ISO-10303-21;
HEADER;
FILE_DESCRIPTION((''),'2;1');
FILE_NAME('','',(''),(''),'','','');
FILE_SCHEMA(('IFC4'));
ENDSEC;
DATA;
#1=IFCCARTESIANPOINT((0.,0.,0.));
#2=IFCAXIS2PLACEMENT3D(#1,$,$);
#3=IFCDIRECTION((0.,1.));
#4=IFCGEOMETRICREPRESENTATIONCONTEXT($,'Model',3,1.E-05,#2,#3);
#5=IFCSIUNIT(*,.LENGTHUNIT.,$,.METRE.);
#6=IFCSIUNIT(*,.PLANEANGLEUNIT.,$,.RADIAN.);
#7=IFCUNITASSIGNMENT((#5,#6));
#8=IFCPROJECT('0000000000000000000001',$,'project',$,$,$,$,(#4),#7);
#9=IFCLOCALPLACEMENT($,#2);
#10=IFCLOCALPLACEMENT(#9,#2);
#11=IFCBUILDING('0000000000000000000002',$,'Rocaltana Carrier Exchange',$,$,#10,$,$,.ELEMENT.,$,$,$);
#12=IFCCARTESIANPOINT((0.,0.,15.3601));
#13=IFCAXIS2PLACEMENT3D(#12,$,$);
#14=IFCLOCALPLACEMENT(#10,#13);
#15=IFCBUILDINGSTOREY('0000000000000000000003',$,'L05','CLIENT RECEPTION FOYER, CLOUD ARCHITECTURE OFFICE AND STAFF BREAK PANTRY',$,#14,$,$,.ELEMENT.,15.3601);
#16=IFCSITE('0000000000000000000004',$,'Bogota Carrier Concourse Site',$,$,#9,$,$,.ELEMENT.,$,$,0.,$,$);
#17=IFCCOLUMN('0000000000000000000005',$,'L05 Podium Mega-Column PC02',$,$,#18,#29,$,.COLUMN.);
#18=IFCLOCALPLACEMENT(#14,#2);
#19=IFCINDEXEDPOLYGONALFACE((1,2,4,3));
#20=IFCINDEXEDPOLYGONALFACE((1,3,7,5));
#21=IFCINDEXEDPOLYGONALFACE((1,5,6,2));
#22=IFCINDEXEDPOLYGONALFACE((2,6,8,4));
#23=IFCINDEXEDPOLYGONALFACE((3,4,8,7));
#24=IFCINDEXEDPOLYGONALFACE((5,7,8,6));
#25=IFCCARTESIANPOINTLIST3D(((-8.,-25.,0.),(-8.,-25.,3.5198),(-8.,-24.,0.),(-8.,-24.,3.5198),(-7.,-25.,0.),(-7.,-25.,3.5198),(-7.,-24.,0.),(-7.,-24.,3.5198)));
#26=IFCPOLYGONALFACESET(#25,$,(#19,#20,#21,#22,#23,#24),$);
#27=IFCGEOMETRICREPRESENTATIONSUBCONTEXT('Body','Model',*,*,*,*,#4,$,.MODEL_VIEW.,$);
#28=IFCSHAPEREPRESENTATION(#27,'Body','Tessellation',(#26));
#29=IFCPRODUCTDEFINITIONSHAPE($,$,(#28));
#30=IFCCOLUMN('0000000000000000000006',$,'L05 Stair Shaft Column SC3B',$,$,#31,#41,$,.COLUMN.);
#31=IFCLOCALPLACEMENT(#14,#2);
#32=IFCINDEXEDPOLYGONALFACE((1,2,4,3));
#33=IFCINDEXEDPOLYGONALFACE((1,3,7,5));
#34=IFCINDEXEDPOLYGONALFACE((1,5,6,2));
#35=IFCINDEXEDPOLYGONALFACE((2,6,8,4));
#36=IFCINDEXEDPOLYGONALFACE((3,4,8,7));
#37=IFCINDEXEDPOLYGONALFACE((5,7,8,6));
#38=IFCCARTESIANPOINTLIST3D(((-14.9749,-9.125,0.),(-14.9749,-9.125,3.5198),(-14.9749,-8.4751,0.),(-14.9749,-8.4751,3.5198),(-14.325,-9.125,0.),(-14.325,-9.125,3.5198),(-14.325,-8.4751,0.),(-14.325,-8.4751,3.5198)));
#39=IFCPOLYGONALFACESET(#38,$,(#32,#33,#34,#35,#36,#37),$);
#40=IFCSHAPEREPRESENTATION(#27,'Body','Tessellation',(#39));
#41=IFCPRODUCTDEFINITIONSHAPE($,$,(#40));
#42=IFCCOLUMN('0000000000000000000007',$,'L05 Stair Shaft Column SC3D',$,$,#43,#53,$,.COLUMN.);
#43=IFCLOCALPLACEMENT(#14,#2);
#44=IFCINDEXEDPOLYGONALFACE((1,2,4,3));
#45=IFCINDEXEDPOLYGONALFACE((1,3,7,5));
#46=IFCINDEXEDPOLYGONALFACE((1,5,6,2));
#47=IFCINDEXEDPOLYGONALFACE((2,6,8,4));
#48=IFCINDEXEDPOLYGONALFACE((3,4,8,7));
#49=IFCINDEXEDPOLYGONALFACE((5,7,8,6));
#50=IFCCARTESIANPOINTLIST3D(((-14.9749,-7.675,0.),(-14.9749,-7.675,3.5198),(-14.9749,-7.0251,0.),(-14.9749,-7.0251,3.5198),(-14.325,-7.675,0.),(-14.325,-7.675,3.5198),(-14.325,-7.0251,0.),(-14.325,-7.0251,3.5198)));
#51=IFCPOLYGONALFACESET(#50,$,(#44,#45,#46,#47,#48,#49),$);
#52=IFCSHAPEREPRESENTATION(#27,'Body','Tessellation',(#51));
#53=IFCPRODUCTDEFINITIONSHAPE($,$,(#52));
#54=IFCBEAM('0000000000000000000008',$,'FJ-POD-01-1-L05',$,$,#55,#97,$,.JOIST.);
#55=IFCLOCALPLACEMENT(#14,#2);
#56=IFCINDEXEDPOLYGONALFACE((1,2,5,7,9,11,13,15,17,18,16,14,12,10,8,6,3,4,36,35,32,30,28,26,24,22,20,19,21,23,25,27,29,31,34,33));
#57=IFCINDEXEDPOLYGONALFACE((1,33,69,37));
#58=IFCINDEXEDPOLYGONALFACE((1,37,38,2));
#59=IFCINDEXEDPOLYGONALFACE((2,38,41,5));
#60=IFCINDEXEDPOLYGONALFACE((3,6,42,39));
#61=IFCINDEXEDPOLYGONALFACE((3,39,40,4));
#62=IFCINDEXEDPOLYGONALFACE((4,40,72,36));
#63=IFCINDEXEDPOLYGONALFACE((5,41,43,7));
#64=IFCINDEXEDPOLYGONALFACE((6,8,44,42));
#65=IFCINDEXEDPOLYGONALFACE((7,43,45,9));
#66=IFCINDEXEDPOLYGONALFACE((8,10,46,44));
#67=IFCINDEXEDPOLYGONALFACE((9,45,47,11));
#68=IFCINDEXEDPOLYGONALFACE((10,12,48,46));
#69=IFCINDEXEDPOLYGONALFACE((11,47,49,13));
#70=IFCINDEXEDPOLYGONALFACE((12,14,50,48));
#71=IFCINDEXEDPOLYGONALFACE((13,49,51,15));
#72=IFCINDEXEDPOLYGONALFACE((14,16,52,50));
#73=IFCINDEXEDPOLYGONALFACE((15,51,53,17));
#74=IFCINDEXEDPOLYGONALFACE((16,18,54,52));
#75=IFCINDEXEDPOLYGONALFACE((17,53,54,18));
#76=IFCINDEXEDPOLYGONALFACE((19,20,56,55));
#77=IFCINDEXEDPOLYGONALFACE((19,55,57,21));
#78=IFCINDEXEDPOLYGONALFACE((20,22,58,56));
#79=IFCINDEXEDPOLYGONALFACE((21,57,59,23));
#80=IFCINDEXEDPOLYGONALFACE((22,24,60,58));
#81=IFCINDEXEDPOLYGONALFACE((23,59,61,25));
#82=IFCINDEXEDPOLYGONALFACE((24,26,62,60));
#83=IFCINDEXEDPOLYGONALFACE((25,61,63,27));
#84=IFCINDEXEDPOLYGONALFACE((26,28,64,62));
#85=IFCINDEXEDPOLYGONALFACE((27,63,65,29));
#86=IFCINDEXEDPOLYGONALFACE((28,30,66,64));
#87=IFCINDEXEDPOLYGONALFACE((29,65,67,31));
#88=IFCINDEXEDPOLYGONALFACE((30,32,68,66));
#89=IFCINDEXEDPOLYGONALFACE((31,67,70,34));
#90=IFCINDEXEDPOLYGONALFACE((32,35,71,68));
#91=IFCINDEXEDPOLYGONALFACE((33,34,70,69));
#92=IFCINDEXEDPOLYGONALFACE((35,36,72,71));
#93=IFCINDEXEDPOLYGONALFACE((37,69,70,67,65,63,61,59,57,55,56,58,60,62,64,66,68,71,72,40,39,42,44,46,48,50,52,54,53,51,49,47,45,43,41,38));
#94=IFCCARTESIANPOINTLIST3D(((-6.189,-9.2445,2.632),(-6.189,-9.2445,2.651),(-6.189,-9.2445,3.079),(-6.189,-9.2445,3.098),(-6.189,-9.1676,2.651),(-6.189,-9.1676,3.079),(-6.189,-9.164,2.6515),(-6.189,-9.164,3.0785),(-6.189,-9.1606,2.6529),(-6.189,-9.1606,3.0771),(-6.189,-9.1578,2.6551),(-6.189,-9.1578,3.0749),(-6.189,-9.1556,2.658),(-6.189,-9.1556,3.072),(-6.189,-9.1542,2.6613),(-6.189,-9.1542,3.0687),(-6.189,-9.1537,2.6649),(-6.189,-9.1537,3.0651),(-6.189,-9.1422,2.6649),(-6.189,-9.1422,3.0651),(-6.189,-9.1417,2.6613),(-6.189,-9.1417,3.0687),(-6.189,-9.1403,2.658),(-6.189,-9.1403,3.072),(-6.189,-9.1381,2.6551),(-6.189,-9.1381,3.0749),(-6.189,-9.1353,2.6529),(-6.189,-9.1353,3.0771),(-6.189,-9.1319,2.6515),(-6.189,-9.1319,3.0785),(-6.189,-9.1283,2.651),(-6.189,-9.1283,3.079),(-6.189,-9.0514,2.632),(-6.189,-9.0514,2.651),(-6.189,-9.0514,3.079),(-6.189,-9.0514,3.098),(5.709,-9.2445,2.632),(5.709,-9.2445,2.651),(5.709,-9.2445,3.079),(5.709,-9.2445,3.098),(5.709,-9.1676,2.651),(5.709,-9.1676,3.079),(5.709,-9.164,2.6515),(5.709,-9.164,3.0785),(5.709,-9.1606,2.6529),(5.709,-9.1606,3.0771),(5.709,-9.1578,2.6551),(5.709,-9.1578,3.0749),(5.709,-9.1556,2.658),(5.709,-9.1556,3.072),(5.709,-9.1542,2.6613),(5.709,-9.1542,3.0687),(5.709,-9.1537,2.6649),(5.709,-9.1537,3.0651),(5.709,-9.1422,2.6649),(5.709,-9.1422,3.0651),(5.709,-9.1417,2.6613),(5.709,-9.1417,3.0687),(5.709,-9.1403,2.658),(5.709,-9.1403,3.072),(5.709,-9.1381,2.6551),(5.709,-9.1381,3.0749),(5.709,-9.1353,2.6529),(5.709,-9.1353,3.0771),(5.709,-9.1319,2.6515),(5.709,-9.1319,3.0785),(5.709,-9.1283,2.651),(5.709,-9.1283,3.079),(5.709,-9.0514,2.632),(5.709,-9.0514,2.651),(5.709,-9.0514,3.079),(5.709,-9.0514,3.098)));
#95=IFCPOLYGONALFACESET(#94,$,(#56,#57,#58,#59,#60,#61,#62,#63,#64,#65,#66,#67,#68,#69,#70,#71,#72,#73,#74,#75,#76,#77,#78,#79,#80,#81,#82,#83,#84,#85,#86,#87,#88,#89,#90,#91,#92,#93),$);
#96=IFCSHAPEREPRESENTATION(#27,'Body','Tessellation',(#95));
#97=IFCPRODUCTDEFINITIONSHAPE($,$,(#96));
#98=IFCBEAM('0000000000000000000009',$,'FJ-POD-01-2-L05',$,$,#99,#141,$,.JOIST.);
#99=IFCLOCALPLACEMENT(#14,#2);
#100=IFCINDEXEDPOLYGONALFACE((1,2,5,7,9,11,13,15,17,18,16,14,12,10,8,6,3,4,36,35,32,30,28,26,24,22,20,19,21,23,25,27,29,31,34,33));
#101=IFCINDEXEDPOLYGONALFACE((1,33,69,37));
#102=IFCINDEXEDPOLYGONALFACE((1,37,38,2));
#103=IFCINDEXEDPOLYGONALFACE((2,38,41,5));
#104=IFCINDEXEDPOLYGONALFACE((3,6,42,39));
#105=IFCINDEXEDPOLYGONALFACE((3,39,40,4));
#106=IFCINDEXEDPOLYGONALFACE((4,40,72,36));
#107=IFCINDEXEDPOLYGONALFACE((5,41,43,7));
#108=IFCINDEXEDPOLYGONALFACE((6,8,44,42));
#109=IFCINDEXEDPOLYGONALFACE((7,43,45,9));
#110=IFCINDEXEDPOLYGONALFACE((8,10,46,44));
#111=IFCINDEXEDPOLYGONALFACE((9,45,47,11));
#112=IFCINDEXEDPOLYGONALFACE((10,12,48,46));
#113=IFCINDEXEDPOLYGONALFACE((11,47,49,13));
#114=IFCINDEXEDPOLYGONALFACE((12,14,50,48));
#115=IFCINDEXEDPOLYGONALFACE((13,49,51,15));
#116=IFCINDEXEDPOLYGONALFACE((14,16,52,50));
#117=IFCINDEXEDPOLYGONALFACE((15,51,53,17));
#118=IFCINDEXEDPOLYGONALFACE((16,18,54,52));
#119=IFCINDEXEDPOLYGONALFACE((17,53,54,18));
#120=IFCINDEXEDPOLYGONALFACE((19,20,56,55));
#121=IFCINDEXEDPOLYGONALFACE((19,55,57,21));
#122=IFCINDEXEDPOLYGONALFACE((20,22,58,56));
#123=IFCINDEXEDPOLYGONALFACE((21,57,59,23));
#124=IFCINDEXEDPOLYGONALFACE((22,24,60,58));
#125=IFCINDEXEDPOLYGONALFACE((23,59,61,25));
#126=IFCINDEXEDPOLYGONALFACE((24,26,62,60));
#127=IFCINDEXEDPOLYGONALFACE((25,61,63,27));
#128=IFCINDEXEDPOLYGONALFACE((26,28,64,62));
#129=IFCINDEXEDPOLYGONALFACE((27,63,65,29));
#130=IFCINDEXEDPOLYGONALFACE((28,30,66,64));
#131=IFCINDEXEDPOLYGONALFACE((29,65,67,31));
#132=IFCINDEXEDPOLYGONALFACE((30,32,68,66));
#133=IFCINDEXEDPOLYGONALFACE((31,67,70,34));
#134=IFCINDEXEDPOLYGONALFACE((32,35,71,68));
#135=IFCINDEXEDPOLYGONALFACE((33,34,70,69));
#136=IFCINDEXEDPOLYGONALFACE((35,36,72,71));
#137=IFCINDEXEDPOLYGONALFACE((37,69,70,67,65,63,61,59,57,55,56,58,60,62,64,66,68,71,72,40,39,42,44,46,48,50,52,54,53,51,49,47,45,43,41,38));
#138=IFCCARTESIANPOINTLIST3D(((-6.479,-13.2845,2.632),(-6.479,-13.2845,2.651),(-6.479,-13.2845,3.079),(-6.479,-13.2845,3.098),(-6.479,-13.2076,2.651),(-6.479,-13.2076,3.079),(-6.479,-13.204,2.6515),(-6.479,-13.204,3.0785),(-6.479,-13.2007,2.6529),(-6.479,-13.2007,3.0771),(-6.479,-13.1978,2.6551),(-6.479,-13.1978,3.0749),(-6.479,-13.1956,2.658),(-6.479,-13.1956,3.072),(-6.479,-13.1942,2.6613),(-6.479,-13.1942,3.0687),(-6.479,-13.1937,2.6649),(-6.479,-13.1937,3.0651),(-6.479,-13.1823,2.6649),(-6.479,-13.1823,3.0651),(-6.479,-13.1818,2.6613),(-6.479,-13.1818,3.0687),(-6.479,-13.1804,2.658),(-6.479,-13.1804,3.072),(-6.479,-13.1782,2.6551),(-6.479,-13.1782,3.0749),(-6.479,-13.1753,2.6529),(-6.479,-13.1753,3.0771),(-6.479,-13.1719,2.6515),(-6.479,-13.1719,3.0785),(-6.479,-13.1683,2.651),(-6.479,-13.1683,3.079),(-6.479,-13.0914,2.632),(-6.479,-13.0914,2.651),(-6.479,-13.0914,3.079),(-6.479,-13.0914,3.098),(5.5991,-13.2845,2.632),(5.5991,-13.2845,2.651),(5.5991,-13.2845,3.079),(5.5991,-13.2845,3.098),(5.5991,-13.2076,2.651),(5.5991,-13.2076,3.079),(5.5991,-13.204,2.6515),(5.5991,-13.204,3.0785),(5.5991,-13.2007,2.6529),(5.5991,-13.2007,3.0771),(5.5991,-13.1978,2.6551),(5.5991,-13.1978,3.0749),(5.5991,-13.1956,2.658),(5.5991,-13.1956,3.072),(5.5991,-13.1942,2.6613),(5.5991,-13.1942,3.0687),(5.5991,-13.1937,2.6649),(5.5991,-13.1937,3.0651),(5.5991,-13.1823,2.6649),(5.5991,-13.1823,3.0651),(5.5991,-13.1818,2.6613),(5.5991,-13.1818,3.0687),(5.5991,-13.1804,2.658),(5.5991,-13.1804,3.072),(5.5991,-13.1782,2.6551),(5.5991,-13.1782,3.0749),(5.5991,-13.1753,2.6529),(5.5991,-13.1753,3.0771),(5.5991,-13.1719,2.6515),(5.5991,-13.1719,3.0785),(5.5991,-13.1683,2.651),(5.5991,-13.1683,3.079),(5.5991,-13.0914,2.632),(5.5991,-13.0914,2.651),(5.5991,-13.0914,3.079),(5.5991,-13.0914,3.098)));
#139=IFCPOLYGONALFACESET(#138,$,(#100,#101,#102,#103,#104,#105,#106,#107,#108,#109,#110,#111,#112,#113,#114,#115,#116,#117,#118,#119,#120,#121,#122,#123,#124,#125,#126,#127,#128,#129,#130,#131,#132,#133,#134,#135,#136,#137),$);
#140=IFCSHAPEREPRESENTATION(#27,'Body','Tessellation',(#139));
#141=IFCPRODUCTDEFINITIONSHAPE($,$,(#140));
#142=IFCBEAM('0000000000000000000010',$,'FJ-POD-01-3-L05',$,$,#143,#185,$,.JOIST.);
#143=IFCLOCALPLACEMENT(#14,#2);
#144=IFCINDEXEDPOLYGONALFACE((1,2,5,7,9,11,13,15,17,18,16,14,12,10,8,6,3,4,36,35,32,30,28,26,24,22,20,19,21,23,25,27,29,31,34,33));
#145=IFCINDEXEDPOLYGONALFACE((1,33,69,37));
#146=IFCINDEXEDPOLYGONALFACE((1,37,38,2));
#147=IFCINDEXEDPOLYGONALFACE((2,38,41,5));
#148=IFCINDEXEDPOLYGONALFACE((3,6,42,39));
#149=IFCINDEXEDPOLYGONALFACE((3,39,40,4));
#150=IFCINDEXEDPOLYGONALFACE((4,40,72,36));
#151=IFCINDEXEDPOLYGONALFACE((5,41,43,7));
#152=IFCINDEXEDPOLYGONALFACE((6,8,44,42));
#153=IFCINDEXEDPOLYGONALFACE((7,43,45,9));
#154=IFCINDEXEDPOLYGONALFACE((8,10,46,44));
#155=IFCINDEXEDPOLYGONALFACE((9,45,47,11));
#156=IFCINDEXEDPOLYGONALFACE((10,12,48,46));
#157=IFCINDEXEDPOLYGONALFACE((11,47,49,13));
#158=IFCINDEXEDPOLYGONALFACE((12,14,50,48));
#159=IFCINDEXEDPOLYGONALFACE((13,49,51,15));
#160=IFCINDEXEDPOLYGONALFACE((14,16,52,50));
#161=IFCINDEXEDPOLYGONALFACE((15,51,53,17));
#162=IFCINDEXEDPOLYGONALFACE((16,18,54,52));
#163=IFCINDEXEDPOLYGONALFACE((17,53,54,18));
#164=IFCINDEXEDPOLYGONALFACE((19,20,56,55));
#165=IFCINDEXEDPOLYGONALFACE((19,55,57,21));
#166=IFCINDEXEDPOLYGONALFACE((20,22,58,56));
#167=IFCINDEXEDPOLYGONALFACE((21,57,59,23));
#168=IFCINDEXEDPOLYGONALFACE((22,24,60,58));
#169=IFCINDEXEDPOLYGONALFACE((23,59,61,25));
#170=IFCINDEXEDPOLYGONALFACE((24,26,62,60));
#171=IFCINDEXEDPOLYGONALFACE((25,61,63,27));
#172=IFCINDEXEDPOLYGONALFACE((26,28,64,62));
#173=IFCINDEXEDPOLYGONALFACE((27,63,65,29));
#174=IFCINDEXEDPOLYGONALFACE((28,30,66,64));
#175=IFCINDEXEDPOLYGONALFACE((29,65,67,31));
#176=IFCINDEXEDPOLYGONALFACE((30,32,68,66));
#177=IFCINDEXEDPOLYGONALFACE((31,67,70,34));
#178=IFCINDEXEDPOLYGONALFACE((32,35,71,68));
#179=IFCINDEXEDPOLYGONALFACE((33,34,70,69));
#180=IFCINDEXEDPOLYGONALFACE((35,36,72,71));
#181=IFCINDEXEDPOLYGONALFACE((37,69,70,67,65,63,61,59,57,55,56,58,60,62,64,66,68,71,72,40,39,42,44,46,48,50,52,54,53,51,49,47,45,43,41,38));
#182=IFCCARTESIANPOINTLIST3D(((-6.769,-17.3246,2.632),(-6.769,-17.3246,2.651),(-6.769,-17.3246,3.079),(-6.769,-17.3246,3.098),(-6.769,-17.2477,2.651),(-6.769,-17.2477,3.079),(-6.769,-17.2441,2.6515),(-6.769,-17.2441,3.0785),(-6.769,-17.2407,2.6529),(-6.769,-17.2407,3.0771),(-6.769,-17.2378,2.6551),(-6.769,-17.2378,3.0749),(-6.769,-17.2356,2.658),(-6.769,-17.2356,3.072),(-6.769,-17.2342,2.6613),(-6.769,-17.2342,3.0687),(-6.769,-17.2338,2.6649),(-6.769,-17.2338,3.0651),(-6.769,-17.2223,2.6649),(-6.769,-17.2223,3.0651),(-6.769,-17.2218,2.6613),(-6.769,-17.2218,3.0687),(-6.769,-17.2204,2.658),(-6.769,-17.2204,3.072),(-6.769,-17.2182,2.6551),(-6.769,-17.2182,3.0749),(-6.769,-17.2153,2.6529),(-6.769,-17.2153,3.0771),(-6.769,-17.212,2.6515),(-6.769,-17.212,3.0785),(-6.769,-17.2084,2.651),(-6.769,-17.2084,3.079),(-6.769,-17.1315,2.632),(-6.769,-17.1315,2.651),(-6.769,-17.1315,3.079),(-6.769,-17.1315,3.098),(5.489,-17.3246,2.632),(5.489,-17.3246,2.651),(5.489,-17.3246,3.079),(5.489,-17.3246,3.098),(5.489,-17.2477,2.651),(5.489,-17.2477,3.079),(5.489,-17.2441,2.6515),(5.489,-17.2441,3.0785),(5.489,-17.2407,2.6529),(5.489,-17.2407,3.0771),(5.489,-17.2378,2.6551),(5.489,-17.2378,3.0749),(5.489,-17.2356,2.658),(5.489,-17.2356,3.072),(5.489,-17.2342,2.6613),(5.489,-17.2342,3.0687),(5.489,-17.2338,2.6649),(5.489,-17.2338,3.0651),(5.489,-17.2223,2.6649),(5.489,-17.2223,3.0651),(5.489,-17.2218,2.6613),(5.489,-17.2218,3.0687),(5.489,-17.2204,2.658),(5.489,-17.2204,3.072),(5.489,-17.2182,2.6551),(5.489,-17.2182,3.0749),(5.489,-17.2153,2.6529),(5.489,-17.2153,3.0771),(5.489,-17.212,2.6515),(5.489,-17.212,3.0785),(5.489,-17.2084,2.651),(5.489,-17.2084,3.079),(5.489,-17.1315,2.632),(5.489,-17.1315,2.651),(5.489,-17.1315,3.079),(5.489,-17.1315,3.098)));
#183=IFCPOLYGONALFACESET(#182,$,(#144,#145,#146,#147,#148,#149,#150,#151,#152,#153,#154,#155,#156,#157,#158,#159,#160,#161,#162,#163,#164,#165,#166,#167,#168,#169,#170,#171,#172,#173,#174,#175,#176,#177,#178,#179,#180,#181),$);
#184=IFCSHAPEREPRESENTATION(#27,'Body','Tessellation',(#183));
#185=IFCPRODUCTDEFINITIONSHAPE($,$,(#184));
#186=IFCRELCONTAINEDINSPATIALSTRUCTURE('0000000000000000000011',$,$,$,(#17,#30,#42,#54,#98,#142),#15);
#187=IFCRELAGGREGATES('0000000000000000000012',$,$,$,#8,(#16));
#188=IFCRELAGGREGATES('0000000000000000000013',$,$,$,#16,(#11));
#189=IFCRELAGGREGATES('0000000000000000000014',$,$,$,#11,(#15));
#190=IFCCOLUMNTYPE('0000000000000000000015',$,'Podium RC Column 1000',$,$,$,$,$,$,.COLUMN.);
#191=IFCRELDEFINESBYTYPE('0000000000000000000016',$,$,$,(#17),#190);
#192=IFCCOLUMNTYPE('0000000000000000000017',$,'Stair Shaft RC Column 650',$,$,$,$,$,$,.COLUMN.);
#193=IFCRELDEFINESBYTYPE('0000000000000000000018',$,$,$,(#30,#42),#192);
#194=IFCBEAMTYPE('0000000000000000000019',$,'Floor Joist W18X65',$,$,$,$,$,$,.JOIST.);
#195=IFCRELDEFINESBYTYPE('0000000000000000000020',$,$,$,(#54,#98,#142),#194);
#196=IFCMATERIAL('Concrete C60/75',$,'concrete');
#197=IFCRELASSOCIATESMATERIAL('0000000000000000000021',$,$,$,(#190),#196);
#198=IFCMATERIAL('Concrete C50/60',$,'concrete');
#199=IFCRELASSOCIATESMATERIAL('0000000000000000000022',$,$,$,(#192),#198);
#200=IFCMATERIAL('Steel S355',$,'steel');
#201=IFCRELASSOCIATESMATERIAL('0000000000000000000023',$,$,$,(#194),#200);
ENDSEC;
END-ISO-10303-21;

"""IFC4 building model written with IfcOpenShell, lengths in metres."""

from ifc_helpers import new_model, si_unit, direction, frame, origin, origin_2d, place, context, subcontext, project, spatial, rectangle, i_section, extrude, material, material_profile, profile_set, type_object, element, save


model = new_model("IFC4")

# Units and contexts
model_context = context("Model", 3, precision=1e-05, world=origin(), true_north=direction((0.0, 1.0)))
body_context = subcontext(model_context, "Body", "Model", "MODEL_VIEW")
ifc_project = project(units=[si_unit("LENGTHUNIT", "METRE"), si_unit("PLANEANGLEUNIT", "RADIAN")], contexts=[model_context])

# Site, building, storey
site_placement = place(None, origin())
site = spatial("IfcSite", under=ifc_project, at=site_placement, Name="Bogota Carrier Concourse Site", CompositionType="ELEMENT", RefElevation=0.0)
building_placement = place(site_placement, origin())
building = spatial("IfcBuilding", under=site, at=building_placement, Name="Rocaltana Carrier Exchange", CompositionType="ELEMENT")
storey_placement = place(building_placement, frame((0.0, 0.0, 15.3601)))
storey = spatial("IfcBuildingStorey", under=building, at=storey_placement, Name="L05", Description="CLIENT RECEPTION FOYER, CLOUD ARCHITECTURE OFFICE AND STAFF BREAK PANTRY", CompositionType="ELEMENT", Elevation=15.3601)

# Columns
ifc_material_1 = material(Name="Concrete C60/75", Category="concrete")
ifc_material_profile_1 = material_profile(ifc_material_1, rectangle(XDim=1.0, YDim=1.0, at=origin_2d()), Name="RC-COL-1000X1000")
ifc_profile_set_1 = profile_set([ifc_material_profile_1], Name="Concrete C60/75")
column_type_1 = type_object("IfcColumnType", Name="Podium RC Column 1000", PredefinedType="COLUMN", material=ifc_profile_set_1)
column_placement = place(storey_placement, frame((-7.5, -24.5, 0.0), z_axis=(0.0, 0.0, 1.0), x_axis=(1.0, 0.0, 0.0)))
element("IfcColumn", 1, at=column_placement, inside=storey, type_object=column_type_1, Name="L05 Podium Mega-Column PC02", PredefinedType="COLUMN", context=body_context, shape_type="SweptSolid", body=[
    extrude(rectangle(XDim=1.0, YDim=1.0, at=origin_2d()), origin(), (0.0, 0.0, 1.0), 3.5198),
])
ifc_material_2 = material(Name="Concrete C50/60", Category="concrete")
ifc_material_profile_2 = material_profile(ifc_material_2, rectangle(XDim=0.6499, YDim=0.6499, at=origin_2d()), Name="RC-COL-650X650")
ifc_profile_set_2 = profile_set([ifc_material_profile_2], Name="Concrete C50/60")
column_type_2 = type_object("IfcColumnType", Name="Stair Shaft RC Column 650", PredefinedType="COLUMN", material=ifc_profile_set_2)
for number, where, z_axis, x_axis, name in (
    (2, (-14.6499, -8.8, 0.0), (0.0, 0.0, 1.0), (1.0, 0.0, 0.0), "L05 Stair Shaft Column SC3B"),
    (3, (-14.6499, -7.3501, 0.0), (0.0, 0.0, 1.0), (1.0, 0.0, 0.0), "L05 Stair Shaft Column SC3D"),
):
    element("IfcColumn", number, at=place(storey_placement, frame(where, z_axis=z_axis, x_axis=x_axis)), inside=storey, type_object=column_type_2, Name=name, PredefinedType="COLUMN", context=body_context, shape_type="SweptSolid", body=[
        extrude(rectangle(XDim=0.6499, YDim=0.6499, at=origin_2d()), origin(), (0.0, 0.0, 1.0), 3.5198),
    ])

# Beams
ifc_material_3 = material(Name="Steel S355", Category="steel")
ifc_material_profile_3 = material_profile(ifc_material_3, i_section(OverallWidth=0.1931, OverallDepth=0.4661, WebThickness=0.0115, FlangeThickness=0.019, FilletRadius=0.0139, at=origin_2d()), Name="W18X65")
ifc_profile_set_3 = profile_set([ifc_material_profile_3], Name="Steel S355")
beam_type_1 = type_object("IfcBeamType", Name="Floor Joist W18X65", PredefinedType="JOIST", material=ifc_profile_set_3)
beam_1_placement = place(storey_placement, frame((-6.189, -9.1479, 2.865), z_axis=(1.0, 0.0, 0.0), x_axis=(0.0, 1.0, 0.0)))
element("IfcBeam", 4, at=beam_1_placement, inside=storey, type_object=beam_type_1, Name="FJ-POD-01-1-L05", PredefinedType="JOIST", context=body_context, shape_type="SweptSolid", body=[
    extrude(i_section(OverallWidth=0.1931, OverallDepth=0.4661, WebThickness=0.0115, FlangeThickness=0.019, FilletRadius=0.0139, at=origin_2d()), origin(), (0.0, 0.0, 1.0), 11.8979),
])
beam_2_placement = place(storey_placement, frame((-6.479, -13.188, 2.865), z_axis=(1.0, 0.0, 0.0), x_axis=(0.0, 1.0, 0.0)))
element("IfcBeam", 5, at=beam_2_placement, inside=storey, type_object=beam_type_1, Name="FJ-POD-01-2-L05", PredefinedType="JOIST", context=body_context, shape_type="SweptSolid", body=[
    extrude(i_section(OverallWidth=0.1931, OverallDepth=0.4661, WebThickness=0.0115, FlangeThickness=0.019, FilletRadius=0.0139, at=origin_2d()), origin(), (0.0, 0.0, 1.0), 12.0781),
])
beam_3_placement = place(storey_placement, frame((-6.769, -17.228, 2.865), z_axis=(1.0, 0.0, 0.0), x_axis=(0.0, 1.0, 0.0)))
element("IfcBeam", 6, at=beam_3_placement, inside=storey, type_object=beam_type_1, Name="FJ-POD-01-3-L05", PredefinedType="JOIST", context=body_context, shape_type="SweptSolid", body=[
    extrude(i_section(OverallWidth=0.1931, OverallDepth=0.4661, WebThickness=0.0115, FlangeThickness=0.019, FilletRadius=0.0139, at=origin_2d()), origin(), (0.0, 0.0, 1.0), 12.2581),
])

save(model, "model.ifc")
